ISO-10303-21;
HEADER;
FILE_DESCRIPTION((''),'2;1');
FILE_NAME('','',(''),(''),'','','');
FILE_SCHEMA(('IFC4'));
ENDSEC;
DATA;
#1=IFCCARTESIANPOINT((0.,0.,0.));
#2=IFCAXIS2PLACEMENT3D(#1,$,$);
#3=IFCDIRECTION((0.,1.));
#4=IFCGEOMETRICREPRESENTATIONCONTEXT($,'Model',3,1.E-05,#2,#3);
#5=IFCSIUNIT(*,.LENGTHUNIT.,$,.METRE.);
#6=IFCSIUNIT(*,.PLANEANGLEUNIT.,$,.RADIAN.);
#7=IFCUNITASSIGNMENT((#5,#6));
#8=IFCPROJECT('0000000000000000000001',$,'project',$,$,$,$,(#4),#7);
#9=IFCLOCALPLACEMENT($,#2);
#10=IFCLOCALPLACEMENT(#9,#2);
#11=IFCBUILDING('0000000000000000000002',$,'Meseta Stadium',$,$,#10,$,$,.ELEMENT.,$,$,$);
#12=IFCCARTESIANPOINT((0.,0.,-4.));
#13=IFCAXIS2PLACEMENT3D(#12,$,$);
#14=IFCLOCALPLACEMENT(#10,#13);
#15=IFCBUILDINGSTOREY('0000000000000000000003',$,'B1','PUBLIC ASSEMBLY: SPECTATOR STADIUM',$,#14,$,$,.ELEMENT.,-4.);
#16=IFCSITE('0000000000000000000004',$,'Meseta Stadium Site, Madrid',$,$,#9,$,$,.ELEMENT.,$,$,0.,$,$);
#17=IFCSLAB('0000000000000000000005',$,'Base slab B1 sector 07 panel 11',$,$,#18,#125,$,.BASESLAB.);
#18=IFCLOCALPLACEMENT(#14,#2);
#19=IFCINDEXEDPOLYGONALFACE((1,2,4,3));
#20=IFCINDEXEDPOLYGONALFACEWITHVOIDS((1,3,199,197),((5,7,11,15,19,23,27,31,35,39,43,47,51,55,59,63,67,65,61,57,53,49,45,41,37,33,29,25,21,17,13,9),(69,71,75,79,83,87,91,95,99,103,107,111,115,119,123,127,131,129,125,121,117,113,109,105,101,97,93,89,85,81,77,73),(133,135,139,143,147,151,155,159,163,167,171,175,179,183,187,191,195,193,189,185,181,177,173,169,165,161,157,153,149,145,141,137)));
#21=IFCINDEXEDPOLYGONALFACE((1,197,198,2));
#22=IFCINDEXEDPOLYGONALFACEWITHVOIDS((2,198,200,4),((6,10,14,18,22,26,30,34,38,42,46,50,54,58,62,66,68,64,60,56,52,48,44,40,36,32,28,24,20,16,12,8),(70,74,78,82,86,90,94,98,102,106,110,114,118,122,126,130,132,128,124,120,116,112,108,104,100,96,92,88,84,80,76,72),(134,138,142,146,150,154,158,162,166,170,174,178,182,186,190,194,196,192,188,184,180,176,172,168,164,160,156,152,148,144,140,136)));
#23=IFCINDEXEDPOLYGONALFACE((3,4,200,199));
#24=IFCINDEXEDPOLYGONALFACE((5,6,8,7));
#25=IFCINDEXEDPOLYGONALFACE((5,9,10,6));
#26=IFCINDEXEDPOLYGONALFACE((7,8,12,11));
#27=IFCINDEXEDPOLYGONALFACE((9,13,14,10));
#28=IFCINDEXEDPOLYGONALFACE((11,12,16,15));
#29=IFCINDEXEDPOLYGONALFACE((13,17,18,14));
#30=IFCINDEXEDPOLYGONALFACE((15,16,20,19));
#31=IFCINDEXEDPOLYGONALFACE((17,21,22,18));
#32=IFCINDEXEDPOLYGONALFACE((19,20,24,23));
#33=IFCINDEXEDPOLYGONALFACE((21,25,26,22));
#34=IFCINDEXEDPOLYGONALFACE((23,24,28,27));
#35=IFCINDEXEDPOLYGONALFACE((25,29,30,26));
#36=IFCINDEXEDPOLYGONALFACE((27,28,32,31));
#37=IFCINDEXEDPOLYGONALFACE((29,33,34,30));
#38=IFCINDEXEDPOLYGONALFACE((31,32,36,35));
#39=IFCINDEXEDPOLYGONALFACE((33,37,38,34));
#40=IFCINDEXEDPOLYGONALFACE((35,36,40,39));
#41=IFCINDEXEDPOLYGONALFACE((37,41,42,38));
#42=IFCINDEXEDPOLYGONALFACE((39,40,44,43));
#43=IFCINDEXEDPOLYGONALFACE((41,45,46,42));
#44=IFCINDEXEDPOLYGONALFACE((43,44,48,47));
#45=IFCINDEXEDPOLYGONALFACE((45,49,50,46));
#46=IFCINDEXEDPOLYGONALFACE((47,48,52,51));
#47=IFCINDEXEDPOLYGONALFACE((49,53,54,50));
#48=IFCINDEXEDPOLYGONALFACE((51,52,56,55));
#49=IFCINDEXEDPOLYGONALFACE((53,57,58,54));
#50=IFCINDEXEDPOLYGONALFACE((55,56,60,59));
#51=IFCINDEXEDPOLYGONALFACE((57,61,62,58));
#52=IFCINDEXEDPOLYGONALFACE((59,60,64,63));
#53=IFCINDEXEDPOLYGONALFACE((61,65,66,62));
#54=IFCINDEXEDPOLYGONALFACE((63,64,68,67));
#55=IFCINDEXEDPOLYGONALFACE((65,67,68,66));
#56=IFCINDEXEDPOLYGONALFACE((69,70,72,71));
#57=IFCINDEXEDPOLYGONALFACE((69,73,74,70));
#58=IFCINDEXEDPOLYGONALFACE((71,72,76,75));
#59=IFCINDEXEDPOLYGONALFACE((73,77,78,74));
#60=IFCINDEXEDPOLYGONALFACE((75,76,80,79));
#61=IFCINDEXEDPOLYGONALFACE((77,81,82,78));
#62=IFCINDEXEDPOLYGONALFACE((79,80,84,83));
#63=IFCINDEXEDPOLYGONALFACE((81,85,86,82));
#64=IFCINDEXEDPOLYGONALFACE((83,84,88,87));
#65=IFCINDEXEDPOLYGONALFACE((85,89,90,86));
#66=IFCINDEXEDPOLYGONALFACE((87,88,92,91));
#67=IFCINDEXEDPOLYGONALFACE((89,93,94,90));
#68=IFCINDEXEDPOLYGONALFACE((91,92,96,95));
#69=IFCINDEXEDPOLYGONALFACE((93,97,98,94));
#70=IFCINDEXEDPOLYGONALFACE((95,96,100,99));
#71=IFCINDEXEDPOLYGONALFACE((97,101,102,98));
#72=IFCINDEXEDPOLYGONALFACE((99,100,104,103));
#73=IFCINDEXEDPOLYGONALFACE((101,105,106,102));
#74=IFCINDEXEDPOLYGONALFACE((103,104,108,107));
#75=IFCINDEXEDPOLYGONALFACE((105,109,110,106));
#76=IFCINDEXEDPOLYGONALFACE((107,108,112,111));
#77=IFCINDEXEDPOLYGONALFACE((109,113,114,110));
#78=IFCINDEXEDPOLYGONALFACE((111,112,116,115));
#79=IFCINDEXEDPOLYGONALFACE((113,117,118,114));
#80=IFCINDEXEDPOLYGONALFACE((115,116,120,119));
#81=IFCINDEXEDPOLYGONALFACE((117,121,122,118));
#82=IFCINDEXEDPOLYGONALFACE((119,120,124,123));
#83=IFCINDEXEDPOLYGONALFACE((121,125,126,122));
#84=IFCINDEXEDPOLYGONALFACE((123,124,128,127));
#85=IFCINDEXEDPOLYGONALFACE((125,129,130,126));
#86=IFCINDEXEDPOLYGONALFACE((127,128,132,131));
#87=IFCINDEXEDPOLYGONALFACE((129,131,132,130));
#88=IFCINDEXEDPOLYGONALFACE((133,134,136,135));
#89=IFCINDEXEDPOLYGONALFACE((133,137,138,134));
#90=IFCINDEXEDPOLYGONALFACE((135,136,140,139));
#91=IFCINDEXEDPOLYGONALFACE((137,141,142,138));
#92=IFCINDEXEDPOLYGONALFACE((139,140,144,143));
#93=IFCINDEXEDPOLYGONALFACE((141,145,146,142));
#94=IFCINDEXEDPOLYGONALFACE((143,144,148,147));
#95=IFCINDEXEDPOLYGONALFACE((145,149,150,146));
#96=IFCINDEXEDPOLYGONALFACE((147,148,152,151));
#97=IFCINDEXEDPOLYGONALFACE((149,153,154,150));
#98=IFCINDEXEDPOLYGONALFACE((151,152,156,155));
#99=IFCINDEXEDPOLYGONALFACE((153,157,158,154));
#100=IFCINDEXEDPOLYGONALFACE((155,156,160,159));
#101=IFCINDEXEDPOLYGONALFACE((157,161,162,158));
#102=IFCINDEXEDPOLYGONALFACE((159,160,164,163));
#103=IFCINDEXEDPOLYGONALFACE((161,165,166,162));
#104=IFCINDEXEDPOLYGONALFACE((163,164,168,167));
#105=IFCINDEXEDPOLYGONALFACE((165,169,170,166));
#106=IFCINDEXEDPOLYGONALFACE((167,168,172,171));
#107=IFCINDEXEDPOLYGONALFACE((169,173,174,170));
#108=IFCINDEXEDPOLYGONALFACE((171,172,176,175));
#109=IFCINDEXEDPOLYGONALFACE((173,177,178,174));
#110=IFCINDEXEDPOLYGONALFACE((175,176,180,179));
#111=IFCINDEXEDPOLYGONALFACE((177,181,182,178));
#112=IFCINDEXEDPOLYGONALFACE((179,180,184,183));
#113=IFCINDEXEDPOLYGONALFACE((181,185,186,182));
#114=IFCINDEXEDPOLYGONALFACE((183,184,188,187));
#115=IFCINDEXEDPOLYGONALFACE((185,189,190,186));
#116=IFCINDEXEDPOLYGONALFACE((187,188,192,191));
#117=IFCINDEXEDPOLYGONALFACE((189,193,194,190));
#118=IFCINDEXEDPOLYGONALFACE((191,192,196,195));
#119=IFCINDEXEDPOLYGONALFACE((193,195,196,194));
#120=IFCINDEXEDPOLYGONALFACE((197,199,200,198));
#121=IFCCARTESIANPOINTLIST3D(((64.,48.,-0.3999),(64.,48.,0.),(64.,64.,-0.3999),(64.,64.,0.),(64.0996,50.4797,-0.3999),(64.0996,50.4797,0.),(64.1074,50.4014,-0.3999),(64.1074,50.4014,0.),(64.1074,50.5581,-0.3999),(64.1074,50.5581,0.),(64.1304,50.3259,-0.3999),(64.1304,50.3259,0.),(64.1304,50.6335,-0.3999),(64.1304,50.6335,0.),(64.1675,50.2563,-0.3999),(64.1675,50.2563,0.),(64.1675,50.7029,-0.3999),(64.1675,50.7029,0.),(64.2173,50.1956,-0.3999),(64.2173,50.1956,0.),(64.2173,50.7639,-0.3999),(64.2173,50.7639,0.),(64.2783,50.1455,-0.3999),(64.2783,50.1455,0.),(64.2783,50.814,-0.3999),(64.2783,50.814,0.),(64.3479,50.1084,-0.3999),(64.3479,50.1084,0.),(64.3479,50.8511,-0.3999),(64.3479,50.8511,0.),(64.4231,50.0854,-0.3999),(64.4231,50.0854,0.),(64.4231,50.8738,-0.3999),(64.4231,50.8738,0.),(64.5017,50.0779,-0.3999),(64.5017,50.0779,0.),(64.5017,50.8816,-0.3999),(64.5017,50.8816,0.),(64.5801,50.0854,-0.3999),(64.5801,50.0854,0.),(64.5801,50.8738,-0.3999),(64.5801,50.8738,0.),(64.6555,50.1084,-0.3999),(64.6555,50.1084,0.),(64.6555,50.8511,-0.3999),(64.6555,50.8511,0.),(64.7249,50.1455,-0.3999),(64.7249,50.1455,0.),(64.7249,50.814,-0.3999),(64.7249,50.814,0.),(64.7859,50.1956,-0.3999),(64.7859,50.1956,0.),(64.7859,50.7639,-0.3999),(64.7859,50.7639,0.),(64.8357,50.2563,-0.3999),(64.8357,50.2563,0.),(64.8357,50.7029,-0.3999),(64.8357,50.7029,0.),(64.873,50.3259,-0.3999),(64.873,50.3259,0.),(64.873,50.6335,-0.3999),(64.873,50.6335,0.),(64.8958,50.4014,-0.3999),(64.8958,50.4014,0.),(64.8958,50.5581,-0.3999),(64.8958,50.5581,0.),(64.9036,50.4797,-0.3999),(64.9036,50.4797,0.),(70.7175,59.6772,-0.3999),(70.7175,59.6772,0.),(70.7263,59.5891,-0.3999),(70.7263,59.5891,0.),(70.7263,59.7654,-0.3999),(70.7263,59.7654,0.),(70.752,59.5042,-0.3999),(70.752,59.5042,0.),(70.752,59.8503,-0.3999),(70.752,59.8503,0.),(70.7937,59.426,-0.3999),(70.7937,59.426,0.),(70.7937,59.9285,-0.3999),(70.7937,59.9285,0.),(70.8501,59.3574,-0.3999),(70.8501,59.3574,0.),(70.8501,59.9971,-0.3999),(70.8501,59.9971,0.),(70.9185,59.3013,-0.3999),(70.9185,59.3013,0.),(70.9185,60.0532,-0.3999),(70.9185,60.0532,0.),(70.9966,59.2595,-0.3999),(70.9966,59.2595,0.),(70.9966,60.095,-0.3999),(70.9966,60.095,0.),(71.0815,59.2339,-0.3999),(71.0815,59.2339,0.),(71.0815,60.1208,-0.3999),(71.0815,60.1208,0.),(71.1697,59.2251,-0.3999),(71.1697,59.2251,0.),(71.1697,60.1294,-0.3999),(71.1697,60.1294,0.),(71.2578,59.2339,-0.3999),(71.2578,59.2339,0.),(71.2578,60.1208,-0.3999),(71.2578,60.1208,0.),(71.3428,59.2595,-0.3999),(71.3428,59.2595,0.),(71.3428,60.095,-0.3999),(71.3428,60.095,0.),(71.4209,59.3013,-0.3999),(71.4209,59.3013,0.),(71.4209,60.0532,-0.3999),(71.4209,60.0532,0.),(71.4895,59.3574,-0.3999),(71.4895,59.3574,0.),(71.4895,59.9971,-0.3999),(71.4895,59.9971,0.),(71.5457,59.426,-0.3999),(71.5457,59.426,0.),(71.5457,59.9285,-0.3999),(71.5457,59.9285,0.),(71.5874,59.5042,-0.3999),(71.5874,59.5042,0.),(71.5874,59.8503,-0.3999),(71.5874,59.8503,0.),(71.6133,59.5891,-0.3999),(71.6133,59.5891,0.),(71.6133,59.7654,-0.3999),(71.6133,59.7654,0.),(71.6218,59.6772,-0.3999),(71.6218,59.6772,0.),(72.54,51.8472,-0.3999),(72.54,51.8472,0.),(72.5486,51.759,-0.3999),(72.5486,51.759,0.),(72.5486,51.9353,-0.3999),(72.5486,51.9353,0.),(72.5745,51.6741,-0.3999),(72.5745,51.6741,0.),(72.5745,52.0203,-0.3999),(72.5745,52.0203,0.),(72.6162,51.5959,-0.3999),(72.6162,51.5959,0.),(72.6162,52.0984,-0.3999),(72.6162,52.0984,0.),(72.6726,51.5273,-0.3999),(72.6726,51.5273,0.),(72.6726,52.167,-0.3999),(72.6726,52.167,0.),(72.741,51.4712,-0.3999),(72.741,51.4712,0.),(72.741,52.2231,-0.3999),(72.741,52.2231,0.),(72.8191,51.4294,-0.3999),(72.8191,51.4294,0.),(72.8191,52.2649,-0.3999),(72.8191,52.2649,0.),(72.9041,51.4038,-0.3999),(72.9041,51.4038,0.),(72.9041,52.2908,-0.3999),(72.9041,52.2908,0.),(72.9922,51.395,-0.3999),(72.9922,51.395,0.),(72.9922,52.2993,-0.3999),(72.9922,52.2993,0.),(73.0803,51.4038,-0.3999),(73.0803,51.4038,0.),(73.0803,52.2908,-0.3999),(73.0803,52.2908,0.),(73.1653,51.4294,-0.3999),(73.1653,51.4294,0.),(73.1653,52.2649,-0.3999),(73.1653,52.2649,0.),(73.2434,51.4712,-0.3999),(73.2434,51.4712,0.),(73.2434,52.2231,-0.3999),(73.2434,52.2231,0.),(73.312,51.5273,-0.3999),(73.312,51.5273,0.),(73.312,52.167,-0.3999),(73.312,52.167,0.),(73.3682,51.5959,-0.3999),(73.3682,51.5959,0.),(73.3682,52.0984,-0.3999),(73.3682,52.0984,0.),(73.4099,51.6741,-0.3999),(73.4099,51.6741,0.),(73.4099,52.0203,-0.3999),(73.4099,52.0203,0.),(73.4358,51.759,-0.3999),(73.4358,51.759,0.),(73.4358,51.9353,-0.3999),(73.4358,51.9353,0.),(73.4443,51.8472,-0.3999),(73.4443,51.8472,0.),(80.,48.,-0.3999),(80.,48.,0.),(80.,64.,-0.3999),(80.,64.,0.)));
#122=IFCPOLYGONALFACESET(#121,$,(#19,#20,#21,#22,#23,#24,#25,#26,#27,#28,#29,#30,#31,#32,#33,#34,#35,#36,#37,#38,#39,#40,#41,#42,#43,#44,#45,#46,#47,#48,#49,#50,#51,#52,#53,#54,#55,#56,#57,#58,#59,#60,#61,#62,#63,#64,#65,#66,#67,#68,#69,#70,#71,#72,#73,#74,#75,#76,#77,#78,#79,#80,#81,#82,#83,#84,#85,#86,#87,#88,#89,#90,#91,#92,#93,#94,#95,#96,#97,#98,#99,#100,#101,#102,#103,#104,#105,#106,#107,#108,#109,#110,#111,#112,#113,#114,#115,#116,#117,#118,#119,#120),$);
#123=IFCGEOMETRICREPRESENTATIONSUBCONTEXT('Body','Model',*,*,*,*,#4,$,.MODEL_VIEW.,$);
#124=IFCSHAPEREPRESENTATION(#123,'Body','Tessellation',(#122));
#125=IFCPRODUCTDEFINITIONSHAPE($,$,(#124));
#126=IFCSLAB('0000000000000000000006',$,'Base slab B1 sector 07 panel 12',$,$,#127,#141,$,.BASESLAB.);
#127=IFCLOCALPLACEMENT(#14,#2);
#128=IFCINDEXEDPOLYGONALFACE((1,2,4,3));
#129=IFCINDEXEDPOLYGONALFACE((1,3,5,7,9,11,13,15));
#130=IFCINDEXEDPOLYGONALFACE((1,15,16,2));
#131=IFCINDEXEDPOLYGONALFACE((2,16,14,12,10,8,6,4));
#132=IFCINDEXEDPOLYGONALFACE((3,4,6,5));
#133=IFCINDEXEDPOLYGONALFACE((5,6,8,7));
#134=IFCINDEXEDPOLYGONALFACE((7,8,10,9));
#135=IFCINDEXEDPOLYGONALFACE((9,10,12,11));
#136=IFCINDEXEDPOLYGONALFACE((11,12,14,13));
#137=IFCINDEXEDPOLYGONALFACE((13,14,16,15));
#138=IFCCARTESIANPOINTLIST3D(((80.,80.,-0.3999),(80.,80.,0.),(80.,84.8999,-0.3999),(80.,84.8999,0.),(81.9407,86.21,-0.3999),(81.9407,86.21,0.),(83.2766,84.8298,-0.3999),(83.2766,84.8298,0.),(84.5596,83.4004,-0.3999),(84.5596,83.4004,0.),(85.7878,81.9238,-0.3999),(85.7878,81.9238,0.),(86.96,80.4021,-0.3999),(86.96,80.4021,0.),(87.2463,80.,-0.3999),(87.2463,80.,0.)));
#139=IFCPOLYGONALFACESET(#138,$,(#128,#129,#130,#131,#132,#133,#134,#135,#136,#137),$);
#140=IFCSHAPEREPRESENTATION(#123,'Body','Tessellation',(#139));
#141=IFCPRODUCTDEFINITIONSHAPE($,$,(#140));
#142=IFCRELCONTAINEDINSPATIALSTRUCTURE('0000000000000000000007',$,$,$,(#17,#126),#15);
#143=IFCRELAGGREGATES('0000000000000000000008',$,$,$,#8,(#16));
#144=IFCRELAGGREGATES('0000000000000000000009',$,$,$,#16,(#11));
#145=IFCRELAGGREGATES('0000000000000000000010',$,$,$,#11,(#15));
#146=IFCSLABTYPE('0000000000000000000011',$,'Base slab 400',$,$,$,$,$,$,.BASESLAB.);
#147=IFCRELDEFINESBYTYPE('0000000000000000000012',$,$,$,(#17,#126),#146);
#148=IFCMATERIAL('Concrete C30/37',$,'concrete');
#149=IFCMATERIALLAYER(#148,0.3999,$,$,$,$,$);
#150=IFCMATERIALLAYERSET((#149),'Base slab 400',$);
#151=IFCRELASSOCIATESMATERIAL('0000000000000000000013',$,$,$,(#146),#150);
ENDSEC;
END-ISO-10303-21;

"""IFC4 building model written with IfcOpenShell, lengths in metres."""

from ifc_helpers import new_model, si_unit, direction, frame, origin, place, context, subcontext, project, spatial, polyline, outline, extrude, material, layer, layer_set, type_object, element, save


model = new_model("IFC4")

# Units and contexts
model_context = context("Model", 3, precision=1e-05, world=origin(), true_north=direction((0.0, 1.0)))
body_context = subcontext(model_context, "Body", "Model", "MODEL_VIEW")
ifc_project = project(units=[si_unit("LENGTHUNIT", "METRE"), si_unit("PLANEANGLEUNIT", "RADIAN")], contexts=[model_context])

# Site, building, storey
site_placement = place(None, origin())
site = spatial("IfcSite", under=ifc_project, at=site_placement, Name="Meseta Stadium Site, Madrid", CompositionType="ELEMENT", RefElevation=0.0)
building_placement = place(site_placement, origin())
building = spatial("IfcBuilding", under=site, at=building_placement, Name="Meseta Stadium", CompositionType="ELEMENT")
storey_placement = place(building_placement, frame((0.0, 0.0, -4.0)))
storey = spatial("IfcBuildingStorey", under=building, at=storey_placement, Name="B1", Description="PUBLIC ASSEMBLY: SPECTATOR STADIUM", CompositionType="ELEMENT", Elevation=-4.0)

# Slabs
ifc_material_1 = material(Name="Concrete C30/37", Category="concrete")
ifc_layer = layer(ifc_material_1, 0.3999)
ifc_layer_set = layer_set([ifc_layer], Name="Base slab 400")
slab_type = type_object("IfcSlabType", Name="Base slab 400", PredefinedType="BASESLAB", material=ifc_layer_set)
slab_1_placement = place(storey_placement, frame((0.0, 0.0, -0.3999)))
element("IfcSlab", 1, at=slab_1_placement, inside=storey, type_object=slab_type, Name="Base slab B1 sector 07 panel 11", PredefinedType="BASESLAB", context=body_context, shape_type="SweptSolid", body=[
    extrude(outline(polyline([(80.0, 48.0), (80.0, 64.0), (64.0, 64.0), (64.0, 48.0), (80.0, 48.0)]), holes=[polyline([(73.4099, 52.0203), (73.4358, 51.9353), (73.4443, 51.8472), (73.4358, 51.759), (73.4099, 51.6741), (73.3682, 51.5959), (73.312, 51.5273), (73.2434, 51.4712), (73.1653, 51.4294), (73.0803, 51.4038), (72.9922, 51.395), (72.9041, 51.4038), (72.8191, 51.4294), (72.741, 51.4712), (72.6726, 51.5273), (72.6162, 51.5959), (72.5745, 51.6741), (72.5486, 51.759), (72.54, 51.8472), (72.5486, 51.9353), (72.5745, 52.0203), (72.6162, 52.0984), (72.6726, 52.167), (72.741, 52.2231), (72.8191, 52.2649), (72.9041, 52.2908), (72.9922, 52.2993), (73.0803, 52.2908), (73.1653, 52.2649), (73.2434, 52.2231), (73.312, 52.167), (73.3682, 52.0984), (73.4099, 52.0203)]), polyline([(64.873, 50.6335), (64.8958, 50.5581), (64.9036, 50.4797), (64.8958, 50.4014), (64.873, 50.3259), (64.8357, 50.2563), (64.7859, 50.1956), (64.7249, 50.1455), (64.6555, 50.1084), (64.5801, 50.0854), (64.5017, 50.0779), (64.4231, 50.0854), (64.3479, 50.1084), (64.2783, 50.1455), (64.2173, 50.1956), (64.1675, 50.2563), (64.1304, 50.3259), (64.1074, 50.4014), (64.0996, 50.4797), (64.1074, 50.5581), (64.1304, 50.6335), (64.1675, 50.7029), (64.2173, 50.7639), (64.2783, 50.814), (64.3479, 50.8511), (64.4231, 50.8738), (64.5017, 50.8816), (64.5801, 50.8738), (64.6555, 50.8511), (64.7249, 50.814), (64.7859, 50.7639), (64.8357, 50.7029), (64.873, 50.6335)]), polyline([(71.2578, 60.1208), (71.3428, 60.095), (71.4209, 60.0532), (71.4895, 59.9971), (71.5457, 59.9285), (71.5874, 59.8503), (71.6133, 59.7654), (71.6218, 59.6772), (71.6133, 59.5891), (71.5874, 59.5042), (71.5457, 59.426), (71.4895, 59.3574), (71.4209, 59.3013), (71.3428, 59.2595), (71.2578, 59.2339), (71.1697, 59.2251), (71.0815, 59.2339), (70.9966, 59.2595), (70.9185, 59.3013), (70.8501, 59.3574), (70.7937, 59.426), (70.752, 59.5042), (70.7263, 59.5891), (70.7175, 59.6772), (70.7263, 59.7654), (70.752, 59.8503), (70.7937, 59.9285), (70.8501, 59.9971), (70.9185, 60.0532), (70.9966, 60.095), (71.0815, 60.1208), (71.1697, 60.1294), (71.2578, 60.1208)])]), origin(), (0.0, 0.0, 1.0), 0.3999),
])
slab_2_placement = place(storey_placement, frame((0.0, 0.0, -0.3999)))
element("IfcSlab", 2, at=slab_2_placement, inside=storey, type_object=slab_type, Name="Base slab B1 sector 07 panel 12", PredefinedType="BASESLAB", context=body_context, shape_type="SweptSolid", body=[
    extrude(outline(polyline([(83.2766, 84.8298), (81.9407, 86.21), (80.0, 84.8999), (80.0, 80.0), (87.2463, 80.0), (86.96, 80.4021), (85.7878, 81.9238), (84.5596, 83.4004), (83.2766, 84.8298)])), origin(), (0.0, 0.0, 1.0), 0.3999),
])

save(model, "model.ifc")
